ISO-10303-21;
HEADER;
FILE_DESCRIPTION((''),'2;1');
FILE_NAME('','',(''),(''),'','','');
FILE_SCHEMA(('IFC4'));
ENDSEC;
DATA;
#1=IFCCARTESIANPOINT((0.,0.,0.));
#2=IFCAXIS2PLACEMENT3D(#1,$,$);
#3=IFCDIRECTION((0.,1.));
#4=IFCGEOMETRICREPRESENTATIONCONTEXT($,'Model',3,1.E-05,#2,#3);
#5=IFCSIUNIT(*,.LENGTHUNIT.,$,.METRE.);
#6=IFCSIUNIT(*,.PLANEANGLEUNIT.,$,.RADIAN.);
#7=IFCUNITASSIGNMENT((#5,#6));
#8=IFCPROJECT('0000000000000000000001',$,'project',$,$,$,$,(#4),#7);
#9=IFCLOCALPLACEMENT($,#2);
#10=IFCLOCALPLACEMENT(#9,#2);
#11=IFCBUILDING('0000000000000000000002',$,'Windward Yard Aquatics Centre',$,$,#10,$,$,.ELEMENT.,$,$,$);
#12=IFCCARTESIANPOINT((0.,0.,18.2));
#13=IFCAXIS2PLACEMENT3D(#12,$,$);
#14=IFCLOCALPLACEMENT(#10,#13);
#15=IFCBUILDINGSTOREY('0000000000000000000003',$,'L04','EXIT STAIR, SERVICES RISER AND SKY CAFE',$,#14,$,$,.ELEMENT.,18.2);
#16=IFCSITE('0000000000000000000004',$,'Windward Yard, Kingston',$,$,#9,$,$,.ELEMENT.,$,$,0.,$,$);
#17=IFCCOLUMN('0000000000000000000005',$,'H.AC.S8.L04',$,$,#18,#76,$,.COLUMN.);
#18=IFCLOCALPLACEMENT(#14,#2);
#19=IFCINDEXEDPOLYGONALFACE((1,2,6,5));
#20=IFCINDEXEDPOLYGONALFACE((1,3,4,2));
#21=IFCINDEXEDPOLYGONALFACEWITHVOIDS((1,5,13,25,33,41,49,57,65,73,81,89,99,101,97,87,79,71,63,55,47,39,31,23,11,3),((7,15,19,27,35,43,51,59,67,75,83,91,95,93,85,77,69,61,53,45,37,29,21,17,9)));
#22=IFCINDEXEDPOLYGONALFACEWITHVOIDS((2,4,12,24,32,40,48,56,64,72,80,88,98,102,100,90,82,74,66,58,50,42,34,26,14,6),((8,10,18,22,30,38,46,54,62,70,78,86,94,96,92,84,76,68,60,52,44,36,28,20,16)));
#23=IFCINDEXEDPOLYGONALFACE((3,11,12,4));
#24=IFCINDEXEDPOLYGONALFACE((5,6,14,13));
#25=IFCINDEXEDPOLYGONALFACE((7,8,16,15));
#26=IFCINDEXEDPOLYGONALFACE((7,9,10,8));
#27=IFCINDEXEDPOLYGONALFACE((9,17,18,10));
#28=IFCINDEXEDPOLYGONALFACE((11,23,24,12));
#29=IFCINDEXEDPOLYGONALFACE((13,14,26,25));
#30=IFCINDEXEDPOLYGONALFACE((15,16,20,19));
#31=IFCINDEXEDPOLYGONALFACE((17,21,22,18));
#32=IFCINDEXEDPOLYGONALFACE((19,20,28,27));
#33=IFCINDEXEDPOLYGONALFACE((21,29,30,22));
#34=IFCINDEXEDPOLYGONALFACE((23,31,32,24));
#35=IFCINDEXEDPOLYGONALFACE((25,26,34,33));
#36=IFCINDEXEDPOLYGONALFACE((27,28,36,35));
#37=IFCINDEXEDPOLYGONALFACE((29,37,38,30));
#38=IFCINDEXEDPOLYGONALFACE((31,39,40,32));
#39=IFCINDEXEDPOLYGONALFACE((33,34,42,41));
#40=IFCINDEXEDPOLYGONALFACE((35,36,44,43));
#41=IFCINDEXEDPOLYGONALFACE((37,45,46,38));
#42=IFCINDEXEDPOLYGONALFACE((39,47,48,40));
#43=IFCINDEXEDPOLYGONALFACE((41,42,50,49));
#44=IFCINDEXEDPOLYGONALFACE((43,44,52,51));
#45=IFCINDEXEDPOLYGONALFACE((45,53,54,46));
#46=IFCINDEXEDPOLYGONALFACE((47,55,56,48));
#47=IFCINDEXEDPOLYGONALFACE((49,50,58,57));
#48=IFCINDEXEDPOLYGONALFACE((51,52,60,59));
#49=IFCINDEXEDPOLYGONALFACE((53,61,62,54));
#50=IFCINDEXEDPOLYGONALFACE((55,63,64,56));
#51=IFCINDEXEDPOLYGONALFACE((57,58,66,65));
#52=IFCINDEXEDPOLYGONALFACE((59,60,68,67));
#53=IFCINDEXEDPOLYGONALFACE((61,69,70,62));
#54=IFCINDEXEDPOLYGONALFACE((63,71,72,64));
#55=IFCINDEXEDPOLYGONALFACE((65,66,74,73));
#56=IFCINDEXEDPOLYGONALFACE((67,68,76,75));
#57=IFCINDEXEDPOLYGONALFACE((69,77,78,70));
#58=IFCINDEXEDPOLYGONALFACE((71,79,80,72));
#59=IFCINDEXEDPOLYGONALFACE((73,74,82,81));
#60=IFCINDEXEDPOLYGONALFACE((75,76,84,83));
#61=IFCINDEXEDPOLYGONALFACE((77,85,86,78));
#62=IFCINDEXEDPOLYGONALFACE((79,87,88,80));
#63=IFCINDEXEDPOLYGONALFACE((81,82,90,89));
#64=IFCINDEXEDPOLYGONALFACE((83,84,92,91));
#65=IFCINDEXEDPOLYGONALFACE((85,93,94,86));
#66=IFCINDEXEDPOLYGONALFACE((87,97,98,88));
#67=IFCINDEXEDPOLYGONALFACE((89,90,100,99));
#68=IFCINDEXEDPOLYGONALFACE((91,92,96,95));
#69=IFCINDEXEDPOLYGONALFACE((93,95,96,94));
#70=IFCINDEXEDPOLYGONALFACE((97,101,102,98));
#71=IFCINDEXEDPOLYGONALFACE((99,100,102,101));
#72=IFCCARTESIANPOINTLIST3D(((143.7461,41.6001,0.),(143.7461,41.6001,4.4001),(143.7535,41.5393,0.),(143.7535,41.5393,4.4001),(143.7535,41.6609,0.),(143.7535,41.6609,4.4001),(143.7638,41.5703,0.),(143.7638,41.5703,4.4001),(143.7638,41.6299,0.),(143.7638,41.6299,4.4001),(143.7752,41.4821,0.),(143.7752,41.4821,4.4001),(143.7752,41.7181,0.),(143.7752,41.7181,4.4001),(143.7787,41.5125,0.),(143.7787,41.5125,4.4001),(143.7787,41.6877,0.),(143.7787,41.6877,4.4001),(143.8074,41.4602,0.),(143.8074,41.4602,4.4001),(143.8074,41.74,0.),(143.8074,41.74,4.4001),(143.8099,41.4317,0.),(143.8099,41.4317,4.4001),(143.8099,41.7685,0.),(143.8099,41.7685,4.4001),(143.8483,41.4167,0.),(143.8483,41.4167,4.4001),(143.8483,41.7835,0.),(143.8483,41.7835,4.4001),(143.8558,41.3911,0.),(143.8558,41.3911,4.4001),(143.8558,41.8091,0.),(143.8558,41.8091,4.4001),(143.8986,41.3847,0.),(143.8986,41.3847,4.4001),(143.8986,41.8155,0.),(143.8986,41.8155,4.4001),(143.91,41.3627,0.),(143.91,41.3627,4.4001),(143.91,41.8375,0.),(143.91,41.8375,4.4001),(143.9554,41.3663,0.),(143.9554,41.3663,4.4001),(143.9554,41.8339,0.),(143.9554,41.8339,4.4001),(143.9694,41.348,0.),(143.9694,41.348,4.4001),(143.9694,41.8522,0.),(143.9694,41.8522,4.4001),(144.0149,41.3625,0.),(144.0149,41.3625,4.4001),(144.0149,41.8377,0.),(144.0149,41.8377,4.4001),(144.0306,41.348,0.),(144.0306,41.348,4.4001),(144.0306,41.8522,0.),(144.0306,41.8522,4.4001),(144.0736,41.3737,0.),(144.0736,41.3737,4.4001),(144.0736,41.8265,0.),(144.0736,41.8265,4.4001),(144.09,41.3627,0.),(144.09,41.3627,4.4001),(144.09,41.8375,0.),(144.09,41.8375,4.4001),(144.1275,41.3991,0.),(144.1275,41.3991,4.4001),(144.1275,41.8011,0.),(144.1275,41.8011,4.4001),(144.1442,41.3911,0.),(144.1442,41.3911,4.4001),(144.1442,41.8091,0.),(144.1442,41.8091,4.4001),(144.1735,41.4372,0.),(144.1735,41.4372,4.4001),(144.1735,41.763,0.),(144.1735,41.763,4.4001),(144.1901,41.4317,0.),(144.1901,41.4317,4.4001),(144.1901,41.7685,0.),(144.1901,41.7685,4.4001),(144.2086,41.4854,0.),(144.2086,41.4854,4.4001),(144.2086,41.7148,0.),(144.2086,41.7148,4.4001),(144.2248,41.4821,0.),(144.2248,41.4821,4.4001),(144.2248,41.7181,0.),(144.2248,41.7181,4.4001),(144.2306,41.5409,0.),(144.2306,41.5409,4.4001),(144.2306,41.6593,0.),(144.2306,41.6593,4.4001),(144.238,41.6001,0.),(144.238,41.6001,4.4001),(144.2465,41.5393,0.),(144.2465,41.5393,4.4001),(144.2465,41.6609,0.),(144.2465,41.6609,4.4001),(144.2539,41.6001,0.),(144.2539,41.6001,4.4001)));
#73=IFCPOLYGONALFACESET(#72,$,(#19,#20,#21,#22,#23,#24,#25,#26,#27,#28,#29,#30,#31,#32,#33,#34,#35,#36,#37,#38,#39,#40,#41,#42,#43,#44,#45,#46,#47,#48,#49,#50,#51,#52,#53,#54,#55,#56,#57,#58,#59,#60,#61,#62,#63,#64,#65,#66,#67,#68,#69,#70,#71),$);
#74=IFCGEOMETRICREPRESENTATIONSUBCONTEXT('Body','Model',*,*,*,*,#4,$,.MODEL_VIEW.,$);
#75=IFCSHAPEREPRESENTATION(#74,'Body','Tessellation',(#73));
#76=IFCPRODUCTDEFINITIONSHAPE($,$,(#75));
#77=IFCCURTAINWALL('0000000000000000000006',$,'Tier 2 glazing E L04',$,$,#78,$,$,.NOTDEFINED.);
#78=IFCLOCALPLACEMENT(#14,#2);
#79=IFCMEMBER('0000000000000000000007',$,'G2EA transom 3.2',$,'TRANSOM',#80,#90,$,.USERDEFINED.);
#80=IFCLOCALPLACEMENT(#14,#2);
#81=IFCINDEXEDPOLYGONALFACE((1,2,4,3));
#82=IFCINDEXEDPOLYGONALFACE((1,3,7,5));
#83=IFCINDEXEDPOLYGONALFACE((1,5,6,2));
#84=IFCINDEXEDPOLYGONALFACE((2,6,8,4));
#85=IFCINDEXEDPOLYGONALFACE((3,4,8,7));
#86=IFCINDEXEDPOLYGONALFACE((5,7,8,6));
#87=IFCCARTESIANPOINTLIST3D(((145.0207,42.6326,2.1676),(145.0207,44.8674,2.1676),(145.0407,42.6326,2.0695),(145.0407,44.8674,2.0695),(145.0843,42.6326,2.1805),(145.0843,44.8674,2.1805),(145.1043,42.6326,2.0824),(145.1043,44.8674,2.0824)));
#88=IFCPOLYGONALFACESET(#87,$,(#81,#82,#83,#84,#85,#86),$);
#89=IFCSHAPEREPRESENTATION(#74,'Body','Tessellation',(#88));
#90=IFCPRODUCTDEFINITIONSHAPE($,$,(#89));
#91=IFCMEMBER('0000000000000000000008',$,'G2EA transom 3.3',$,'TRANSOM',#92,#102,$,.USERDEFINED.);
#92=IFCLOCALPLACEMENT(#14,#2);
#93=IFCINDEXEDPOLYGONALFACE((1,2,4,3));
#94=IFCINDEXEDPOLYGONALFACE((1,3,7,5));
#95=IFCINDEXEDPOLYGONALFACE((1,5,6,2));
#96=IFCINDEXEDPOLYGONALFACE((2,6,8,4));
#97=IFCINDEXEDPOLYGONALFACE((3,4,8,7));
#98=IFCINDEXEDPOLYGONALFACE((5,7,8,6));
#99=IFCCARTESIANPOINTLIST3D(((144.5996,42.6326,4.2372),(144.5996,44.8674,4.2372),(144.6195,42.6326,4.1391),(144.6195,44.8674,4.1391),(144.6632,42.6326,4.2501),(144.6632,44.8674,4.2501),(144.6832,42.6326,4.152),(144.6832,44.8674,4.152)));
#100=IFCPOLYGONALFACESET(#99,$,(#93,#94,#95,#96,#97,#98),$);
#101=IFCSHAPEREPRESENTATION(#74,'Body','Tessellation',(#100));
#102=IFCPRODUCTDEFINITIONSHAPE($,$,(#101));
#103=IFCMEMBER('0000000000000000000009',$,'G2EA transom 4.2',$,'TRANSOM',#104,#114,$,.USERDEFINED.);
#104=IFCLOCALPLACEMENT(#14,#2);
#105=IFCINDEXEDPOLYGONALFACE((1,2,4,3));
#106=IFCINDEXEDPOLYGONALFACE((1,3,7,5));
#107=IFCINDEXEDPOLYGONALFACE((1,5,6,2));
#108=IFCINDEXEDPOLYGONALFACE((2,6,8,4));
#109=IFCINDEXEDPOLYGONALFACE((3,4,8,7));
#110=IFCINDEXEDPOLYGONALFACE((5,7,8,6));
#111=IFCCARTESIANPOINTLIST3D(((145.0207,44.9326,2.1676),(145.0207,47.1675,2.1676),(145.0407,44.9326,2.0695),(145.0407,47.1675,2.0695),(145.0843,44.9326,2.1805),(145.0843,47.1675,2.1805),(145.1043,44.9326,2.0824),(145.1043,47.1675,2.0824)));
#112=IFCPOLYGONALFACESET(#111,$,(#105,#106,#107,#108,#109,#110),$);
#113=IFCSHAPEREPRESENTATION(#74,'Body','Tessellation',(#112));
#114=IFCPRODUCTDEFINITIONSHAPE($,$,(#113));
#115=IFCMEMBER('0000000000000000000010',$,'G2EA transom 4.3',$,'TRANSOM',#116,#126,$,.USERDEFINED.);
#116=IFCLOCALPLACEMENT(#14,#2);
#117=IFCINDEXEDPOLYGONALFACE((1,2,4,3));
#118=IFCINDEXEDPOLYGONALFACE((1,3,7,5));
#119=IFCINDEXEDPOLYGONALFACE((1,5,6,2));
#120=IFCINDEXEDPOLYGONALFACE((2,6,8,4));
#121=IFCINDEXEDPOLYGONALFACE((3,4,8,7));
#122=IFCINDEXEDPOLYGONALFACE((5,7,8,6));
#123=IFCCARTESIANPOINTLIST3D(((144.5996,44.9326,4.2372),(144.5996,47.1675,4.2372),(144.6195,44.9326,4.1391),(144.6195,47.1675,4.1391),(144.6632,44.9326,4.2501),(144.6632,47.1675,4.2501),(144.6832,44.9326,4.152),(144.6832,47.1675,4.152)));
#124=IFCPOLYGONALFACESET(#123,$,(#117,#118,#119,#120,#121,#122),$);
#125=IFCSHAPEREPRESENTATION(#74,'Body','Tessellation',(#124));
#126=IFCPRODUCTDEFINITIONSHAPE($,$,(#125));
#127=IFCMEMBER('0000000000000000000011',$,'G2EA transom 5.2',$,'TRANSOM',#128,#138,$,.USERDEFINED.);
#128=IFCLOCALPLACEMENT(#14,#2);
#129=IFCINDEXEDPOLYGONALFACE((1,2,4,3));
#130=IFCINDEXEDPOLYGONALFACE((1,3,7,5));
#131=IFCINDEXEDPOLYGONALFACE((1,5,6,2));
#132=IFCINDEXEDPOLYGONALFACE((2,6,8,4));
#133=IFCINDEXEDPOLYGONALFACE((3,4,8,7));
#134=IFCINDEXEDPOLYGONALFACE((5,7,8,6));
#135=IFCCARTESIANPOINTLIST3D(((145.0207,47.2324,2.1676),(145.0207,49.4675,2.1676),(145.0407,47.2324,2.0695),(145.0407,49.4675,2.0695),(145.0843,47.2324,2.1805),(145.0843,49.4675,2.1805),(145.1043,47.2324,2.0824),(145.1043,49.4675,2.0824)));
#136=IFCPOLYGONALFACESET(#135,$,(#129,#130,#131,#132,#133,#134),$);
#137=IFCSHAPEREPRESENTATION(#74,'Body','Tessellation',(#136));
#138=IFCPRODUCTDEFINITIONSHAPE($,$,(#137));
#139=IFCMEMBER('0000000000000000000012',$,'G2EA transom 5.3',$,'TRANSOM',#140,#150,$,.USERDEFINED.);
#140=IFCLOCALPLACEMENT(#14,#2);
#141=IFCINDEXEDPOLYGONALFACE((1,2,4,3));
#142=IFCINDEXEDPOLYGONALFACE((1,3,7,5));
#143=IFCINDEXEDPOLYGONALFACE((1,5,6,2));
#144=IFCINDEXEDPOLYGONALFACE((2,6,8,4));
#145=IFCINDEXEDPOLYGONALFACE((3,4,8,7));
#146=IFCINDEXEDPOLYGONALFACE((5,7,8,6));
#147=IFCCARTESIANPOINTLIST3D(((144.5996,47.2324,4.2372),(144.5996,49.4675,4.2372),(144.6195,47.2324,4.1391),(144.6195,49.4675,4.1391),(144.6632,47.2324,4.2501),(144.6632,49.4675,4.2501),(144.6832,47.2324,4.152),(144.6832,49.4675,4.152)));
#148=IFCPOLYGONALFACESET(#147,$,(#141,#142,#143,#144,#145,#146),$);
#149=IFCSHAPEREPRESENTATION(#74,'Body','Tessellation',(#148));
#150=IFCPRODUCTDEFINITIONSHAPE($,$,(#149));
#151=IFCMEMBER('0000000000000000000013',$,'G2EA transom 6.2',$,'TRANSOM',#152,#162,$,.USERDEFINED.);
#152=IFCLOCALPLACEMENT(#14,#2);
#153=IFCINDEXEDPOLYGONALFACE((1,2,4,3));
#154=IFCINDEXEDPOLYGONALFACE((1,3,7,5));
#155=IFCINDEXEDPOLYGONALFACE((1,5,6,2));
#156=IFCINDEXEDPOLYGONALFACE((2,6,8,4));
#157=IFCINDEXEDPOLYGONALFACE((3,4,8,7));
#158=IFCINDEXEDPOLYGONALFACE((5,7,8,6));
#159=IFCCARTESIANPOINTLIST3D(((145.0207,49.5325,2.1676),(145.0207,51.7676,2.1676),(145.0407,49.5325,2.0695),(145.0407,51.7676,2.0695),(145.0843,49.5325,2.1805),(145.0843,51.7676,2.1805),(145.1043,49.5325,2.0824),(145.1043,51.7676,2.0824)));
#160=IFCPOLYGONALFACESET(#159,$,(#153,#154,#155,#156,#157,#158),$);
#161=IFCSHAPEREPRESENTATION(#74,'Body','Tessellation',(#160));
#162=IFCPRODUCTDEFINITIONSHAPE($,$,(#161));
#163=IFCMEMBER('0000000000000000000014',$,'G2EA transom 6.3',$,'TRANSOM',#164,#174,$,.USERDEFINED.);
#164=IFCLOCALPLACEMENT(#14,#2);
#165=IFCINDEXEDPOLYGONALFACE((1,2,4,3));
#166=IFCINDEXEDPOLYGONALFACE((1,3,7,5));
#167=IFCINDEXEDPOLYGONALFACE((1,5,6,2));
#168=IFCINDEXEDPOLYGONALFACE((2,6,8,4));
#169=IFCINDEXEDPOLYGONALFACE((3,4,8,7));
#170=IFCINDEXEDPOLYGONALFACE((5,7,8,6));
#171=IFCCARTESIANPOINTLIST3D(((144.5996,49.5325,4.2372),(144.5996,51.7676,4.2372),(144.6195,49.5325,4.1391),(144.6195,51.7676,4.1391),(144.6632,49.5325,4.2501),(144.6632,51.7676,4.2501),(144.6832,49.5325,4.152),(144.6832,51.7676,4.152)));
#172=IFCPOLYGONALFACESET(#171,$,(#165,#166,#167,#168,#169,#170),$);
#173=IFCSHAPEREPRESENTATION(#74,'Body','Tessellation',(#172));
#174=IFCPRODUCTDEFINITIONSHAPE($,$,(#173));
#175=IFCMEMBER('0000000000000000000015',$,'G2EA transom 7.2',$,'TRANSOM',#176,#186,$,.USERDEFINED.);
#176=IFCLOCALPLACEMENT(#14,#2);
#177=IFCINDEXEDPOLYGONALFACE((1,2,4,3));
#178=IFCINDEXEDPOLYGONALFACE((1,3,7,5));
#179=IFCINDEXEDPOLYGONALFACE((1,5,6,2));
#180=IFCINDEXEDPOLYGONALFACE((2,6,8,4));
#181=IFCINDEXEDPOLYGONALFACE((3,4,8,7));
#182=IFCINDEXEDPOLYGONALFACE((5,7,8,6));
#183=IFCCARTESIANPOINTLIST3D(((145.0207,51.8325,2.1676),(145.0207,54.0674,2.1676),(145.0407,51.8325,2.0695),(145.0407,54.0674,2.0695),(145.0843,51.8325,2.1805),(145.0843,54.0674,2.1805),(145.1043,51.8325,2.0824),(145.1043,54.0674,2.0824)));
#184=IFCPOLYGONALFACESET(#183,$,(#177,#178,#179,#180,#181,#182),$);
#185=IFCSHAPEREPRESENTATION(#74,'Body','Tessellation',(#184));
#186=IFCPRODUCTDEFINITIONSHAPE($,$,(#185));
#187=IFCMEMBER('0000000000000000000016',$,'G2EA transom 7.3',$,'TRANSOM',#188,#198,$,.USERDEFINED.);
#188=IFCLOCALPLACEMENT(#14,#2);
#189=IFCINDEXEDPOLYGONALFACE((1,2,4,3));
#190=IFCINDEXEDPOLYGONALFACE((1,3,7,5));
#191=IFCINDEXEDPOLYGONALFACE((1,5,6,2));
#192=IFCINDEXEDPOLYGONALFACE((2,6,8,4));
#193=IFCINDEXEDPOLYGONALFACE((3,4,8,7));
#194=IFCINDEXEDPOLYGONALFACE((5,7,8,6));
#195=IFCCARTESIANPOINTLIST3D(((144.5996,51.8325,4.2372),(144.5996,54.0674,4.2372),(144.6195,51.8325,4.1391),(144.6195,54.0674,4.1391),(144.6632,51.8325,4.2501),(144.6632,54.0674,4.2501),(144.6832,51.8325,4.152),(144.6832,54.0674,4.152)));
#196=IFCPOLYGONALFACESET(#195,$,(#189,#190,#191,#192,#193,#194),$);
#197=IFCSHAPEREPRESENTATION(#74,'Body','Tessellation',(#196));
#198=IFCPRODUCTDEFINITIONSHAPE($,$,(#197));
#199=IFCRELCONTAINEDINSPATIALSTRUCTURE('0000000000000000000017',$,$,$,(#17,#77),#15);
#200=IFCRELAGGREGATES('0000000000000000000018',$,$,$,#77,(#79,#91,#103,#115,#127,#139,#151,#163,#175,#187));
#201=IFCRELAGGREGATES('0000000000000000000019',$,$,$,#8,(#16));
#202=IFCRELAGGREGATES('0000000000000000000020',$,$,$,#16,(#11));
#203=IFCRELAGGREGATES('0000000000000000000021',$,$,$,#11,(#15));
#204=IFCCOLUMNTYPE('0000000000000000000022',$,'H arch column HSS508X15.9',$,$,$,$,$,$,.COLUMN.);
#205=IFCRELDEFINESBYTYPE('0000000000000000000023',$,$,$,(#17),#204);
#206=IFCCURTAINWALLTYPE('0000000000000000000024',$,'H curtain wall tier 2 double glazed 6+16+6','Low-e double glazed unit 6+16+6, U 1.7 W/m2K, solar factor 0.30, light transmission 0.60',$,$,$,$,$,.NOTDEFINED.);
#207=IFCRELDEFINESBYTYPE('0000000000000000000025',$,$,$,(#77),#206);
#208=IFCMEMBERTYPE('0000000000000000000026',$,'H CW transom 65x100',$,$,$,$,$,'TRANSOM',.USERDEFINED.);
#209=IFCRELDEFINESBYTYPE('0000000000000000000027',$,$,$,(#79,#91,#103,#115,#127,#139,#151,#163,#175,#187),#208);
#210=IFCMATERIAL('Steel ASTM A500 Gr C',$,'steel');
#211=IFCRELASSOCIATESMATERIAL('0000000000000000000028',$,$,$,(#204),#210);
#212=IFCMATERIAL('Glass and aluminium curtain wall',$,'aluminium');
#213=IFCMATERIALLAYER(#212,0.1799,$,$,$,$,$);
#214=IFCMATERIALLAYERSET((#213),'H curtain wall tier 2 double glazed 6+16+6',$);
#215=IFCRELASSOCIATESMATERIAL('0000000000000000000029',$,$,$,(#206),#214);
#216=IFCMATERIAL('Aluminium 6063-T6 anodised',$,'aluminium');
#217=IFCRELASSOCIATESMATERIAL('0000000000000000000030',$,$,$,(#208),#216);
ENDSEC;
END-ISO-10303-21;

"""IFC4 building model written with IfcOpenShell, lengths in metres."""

from ifc_helpers import new_model, si_unit, direction, frame, origin, origin_2d, place, context, subcontext, project, spatial, rectangle, hollow_circle, extrude, material, layer, layer_set, material_profile, profile_set, type_object, element, aggregate, save


model = new_model("IFC4")

# Units and contexts
model_context = context("Model", 3, precision=1e-05, world=origin(), true_north=direction((0.0, 1.0)))
body_context = subcontext(model_context, "Body", "Model", "MODEL_VIEW")
ifc_project = project(units=[si_unit("LENGTHUNIT", "METRE"), si_unit("PLANEANGLEUNIT", "RADIAN")], contexts=[model_context])

# Site, building, storey
site_placement = place(None, origin())
site = spatial("IfcSite", under=ifc_project, at=site_placement, Name="Windward Yard, Kingston", CompositionType="ELEMENT", RefElevation=0.0)
building_placement = place(site_placement, origin())
building = spatial("IfcBuilding", under=site, at=building_placement, Name="Windward Yard Aquatics Centre", CompositionType="ELEMENT")
storey_placement = place(building_placement, frame((0.0, 0.0, 18.2)))
storey = spatial("IfcBuildingStorey", under=building, at=storey_placement, Name="L04", Description="EXIT STAIR, SERVICES RISER AND SKY CAFE", CompositionType="ELEMENT", Elevation=18.2)

# Column
ifc_material_1 = material(Name="Steel ASTM A500 Gr C", Category="steel")
ifc_material_profile_1 = material_profile(ifc_material_1, hollow_circle(Radius=0.2539, WallThickness=0.0159, at=origin_2d()), Name="HSS508X15.9")
ifc_profile_set_1 = profile_set([ifc_material_profile_1], Name="Steel ASTM A500 Gr C")
column_type = type_object("IfcColumnType", Name="H arch column HSS508X15.9", PredefinedType="COLUMN", material=ifc_profile_set_1)
column_placement = place(storey_placement, frame((144.0, 41.6001, 0.0), z_axis=(0.0, 0.0, 1.0), x_axis=(1.0, 0.0, 0.0)))
element("IfcColumn", 1, at=column_placement, inside=storey, type_object=column_type, Name="H.AC.S8.L04", PredefinedType="COLUMN", context=body_context, shape_type="SweptSolid", body=[
    extrude(hollow_circle(Radius=0.2539, WallThickness=0.0159, at=origin_2d()), origin(), (0.0, 0.0, 1.0), 4.4001),
])

# Curtain wall, members
ifc_material_2 = material(Name="Glass and aluminium curtain wall", Category="aluminium")
ifc_layer_1 = layer(ifc_material_2, 0.1799)
ifc_layer_set_1 = layer_set([ifc_layer_1], Name="H curtain wall tier 2 double glazed 6+16+6")
curtain_wall_type = type_object("IfcCurtainWallType", Name="H curtain wall tier 2 double glazed 6+16+6", Description="Low-e double glazed unit 6+16+6, U 1.7 W/m2K, solar factor 0.30, light transmission 0.60", PredefinedType="NOTDEFINED", material=ifc_layer_set_1)
curtain_wall_placement = place(storey_placement, origin())
curtain_wall = element("IfcCurtainWall", 2, at=curtain_wall_placement, inside=storey, type_object=curtain_wall_type, Name="Tier 2 glazing E L04", PredefinedType="NOTDEFINED")
ifc_material_3 = material(Name="Aluminium 6063-T6 anodised", Category="aluminium")
ifc_material_profile_2 = material_profile(ifc_material_3, rectangle(XDim=0.0649, YDim=0.1001, at=origin_2d()), Name="H CW transom 65x100")
ifc_profile_set_2 = profile_set([ifc_material_profile_2], Name="Aluminium 6063-T6 anodised")
member_type_1 = type_object("IfcMemberType", Name="H CW transom 65x100", ElementType="TRANSOM", PredefinedType="USERDEFINED", material=ifc_profile_set_2)
member_1_placement = place(storey_placement, frame((145.0625, 42.6326, 2.125), z_axis=(0.0, 1.0, 0.0), x_axis=(0.979925, 0.0, 0.199368)))
member_1 = element("IfcMember", 3, at=member_1_placement, type_object=member_type_1, Name="G2EA transom 3.2", ObjectType="TRANSOM", PredefinedType="USERDEFINED", context=body_context, shape_type="SweptSolid", body=[
    extrude(rectangle(XDim=0.0649, YDim=0.1001, at=origin_2d()), origin(), (0.0, 0.0, 1.0), 2.2349),
])
member_2_placement = place(storey_placement, frame((144.6414, 42.6326, 4.1946), z_axis=(0.0, 1.0, 0.0), x_axis=(0.979925, 0.0, 0.199368)))
member_2 = element("IfcMember", 4, at=member_2_placement, type_object=member_type_1, Name="G2EA transom 3.3", ObjectType="TRANSOM", PredefinedType="USERDEFINED", context=body_context, shape_type="SweptSolid", body=[
    extrude(rectangle(XDim=0.0649, YDim=0.1001, at=origin_2d()), origin(), (0.0, 0.0, 1.0), 2.2349),
])
member_3_placement = place(storey_placement, frame((145.0625, 44.9326, 2.125), z_axis=(0.0, 1.0, 0.0), x_axis=(0.979925, 0.0, 0.199368)))
member_3 = element("IfcMember", 5, at=member_3_placement, type_object=member_type_1, Name="G2EA transom 4.2", ObjectType="TRANSOM", PredefinedType="USERDEFINED", context=body_context, shape_type="SweptSolid", body=[
    extrude(rectangle(XDim=0.0649, YDim=0.1001, at=origin_2d()), origin(), (0.0, 0.0, 1.0), 2.2349),
])
member_4_placement = place(storey_placement, frame((144.6414, 44.9326, 4.1946), z_axis=(0.0, 1.0, 0.0), x_axis=(0.979925, 0.0, 0.199368)))
member_4 = element("IfcMember", 6, at=member_4_placement, type_object=member_type_1, Name="G2EA transom 4.3", ObjectType="TRANSOM", PredefinedType="USERDEFINED", context=body_context, shape_type="SweptSolid", body=[
    extrude(rectangle(XDim=0.0649, YDim=0.1001, at=origin_2d()), origin(), (0.0, 0.0, 1.0), 2.2349),
])
member_5_placement = place(storey_placement, frame((145.0625, 47.2324, 2.125), z_axis=(0.0, 1.0, 0.0), x_axis=(0.979925, 0.0, 0.199368)))
member_5 = element("IfcMember", 7, at=member_5_placement, type_object=member_type_1, Name="G2EA transom 5.2", ObjectType="TRANSOM", PredefinedType="USERDEFINED", context=body_context, shape_type="SweptSolid", body=[
    extrude(rectangle(XDim=0.0649, YDim=0.1001, at=origin_2d()), origin(), (0.0, 0.0, 1.0), 2.2351),
])
member_6_placement = place(storey_placement, frame((144.6414, 47.2324, 4.1946), z_axis=(0.0, 1.0, 0.0), x_axis=(0.979925, 0.0, 0.199368)))
member_6 = element("IfcMember", 8, at=member_6_placement, type_object=member_type_1, Name="G2EA transom 5.3", ObjectType="TRANSOM", PredefinedType="USERDEFINED", context=body_context, shape_type="SweptSolid", body=[
    extrude(rectangle(XDim=0.0649, YDim=0.1001, at=origin_2d()), origin(), (0.0, 0.0, 1.0), 2.2351),
])
member_7_placement = place(storey_placement, frame((145.0625, 49.5325, 2.125), z_axis=(0.0, 1.0, 0.0), x_axis=(0.979925, 0.0, 0.199368)))
member_7 = element("IfcMember", 9, at=member_7_placement, type_object=member_type_1, Name="G2EA transom 6.2", ObjectType="TRANSOM", PredefinedType="USERDEFINED", context=body_context, shape_type="SweptSolid", body=[
    extrude(rectangle(XDim=0.0649, YDim=0.1001, at=origin_2d()), origin(), (0.0, 0.0, 1.0), 2.2351),
])
member_8_placement = place(storey_placement, frame((144.6414, 49.5325, 4.1946), z_axis=(0.0, 1.0, 0.0), x_axis=(0.979925, 0.0, 0.199368)))
member_8 = element("IfcMember", 10, at=member_8_placement, type_object=member_type_1, Name="G2EA transom 6.3", ObjectType="TRANSOM", PredefinedType="USERDEFINED", context=body_context, shape_type="SweptSolid", body=[
    extrude(rectangle(XDim=0.0649, YDim=0.1001, at=origin_2d()), origin(), (0.0, 0.0, 1.0), 2.2351),
])
member_9_placement = place(storey_placement, frame((145.0625, 51.8325, 2.125), z_axis=(0.0, 1.0, 0.0), x_axis=(0.979925, 0.0, 0.199368)))
member_9 = element("IfcMember", 11, at=member_9_placement, type_object=member_type_1, Name="G2EA transom 7.2", ObjectType="TRANSOM", PredefinedType="USERDEFINED", context=body_context, shape_type="SweptSolid", body=[
    extrude(rectangle(XDim=0.0649, YDim=0.1001, at=origin_2d()), origin(), (0.0, 0.0, 1.0), 2.2349),
])
member_10_placement = place(storey_placement, frame((144.6414, 51.8325, 4.1946), z_axis=(0.0, 1.0, 0.0), x_axis=(0.979925, 0.0, 0.199368)))
member_10 = element("IfcMember", 12, at=member_10_placement, type_object=member_type_1, Name="G2EA transom 7.3", ObjectType="TRANSOM", PredefinedType="USERDEFINED", context=body_context, shape_type="SweptSolid", body=[
    extrude(rectangle(XDim=0.0649, YDim=0.1001, at=origin_2d()), origin(), (0.0, 0.0, 1.0), 2.2349),
])

aggregate(curtain_wall, [member_1, member_2, member_3, member_4, member_5, member_6, member_7, member_8, member_9, member_10])

save(model, "model.ifc")
